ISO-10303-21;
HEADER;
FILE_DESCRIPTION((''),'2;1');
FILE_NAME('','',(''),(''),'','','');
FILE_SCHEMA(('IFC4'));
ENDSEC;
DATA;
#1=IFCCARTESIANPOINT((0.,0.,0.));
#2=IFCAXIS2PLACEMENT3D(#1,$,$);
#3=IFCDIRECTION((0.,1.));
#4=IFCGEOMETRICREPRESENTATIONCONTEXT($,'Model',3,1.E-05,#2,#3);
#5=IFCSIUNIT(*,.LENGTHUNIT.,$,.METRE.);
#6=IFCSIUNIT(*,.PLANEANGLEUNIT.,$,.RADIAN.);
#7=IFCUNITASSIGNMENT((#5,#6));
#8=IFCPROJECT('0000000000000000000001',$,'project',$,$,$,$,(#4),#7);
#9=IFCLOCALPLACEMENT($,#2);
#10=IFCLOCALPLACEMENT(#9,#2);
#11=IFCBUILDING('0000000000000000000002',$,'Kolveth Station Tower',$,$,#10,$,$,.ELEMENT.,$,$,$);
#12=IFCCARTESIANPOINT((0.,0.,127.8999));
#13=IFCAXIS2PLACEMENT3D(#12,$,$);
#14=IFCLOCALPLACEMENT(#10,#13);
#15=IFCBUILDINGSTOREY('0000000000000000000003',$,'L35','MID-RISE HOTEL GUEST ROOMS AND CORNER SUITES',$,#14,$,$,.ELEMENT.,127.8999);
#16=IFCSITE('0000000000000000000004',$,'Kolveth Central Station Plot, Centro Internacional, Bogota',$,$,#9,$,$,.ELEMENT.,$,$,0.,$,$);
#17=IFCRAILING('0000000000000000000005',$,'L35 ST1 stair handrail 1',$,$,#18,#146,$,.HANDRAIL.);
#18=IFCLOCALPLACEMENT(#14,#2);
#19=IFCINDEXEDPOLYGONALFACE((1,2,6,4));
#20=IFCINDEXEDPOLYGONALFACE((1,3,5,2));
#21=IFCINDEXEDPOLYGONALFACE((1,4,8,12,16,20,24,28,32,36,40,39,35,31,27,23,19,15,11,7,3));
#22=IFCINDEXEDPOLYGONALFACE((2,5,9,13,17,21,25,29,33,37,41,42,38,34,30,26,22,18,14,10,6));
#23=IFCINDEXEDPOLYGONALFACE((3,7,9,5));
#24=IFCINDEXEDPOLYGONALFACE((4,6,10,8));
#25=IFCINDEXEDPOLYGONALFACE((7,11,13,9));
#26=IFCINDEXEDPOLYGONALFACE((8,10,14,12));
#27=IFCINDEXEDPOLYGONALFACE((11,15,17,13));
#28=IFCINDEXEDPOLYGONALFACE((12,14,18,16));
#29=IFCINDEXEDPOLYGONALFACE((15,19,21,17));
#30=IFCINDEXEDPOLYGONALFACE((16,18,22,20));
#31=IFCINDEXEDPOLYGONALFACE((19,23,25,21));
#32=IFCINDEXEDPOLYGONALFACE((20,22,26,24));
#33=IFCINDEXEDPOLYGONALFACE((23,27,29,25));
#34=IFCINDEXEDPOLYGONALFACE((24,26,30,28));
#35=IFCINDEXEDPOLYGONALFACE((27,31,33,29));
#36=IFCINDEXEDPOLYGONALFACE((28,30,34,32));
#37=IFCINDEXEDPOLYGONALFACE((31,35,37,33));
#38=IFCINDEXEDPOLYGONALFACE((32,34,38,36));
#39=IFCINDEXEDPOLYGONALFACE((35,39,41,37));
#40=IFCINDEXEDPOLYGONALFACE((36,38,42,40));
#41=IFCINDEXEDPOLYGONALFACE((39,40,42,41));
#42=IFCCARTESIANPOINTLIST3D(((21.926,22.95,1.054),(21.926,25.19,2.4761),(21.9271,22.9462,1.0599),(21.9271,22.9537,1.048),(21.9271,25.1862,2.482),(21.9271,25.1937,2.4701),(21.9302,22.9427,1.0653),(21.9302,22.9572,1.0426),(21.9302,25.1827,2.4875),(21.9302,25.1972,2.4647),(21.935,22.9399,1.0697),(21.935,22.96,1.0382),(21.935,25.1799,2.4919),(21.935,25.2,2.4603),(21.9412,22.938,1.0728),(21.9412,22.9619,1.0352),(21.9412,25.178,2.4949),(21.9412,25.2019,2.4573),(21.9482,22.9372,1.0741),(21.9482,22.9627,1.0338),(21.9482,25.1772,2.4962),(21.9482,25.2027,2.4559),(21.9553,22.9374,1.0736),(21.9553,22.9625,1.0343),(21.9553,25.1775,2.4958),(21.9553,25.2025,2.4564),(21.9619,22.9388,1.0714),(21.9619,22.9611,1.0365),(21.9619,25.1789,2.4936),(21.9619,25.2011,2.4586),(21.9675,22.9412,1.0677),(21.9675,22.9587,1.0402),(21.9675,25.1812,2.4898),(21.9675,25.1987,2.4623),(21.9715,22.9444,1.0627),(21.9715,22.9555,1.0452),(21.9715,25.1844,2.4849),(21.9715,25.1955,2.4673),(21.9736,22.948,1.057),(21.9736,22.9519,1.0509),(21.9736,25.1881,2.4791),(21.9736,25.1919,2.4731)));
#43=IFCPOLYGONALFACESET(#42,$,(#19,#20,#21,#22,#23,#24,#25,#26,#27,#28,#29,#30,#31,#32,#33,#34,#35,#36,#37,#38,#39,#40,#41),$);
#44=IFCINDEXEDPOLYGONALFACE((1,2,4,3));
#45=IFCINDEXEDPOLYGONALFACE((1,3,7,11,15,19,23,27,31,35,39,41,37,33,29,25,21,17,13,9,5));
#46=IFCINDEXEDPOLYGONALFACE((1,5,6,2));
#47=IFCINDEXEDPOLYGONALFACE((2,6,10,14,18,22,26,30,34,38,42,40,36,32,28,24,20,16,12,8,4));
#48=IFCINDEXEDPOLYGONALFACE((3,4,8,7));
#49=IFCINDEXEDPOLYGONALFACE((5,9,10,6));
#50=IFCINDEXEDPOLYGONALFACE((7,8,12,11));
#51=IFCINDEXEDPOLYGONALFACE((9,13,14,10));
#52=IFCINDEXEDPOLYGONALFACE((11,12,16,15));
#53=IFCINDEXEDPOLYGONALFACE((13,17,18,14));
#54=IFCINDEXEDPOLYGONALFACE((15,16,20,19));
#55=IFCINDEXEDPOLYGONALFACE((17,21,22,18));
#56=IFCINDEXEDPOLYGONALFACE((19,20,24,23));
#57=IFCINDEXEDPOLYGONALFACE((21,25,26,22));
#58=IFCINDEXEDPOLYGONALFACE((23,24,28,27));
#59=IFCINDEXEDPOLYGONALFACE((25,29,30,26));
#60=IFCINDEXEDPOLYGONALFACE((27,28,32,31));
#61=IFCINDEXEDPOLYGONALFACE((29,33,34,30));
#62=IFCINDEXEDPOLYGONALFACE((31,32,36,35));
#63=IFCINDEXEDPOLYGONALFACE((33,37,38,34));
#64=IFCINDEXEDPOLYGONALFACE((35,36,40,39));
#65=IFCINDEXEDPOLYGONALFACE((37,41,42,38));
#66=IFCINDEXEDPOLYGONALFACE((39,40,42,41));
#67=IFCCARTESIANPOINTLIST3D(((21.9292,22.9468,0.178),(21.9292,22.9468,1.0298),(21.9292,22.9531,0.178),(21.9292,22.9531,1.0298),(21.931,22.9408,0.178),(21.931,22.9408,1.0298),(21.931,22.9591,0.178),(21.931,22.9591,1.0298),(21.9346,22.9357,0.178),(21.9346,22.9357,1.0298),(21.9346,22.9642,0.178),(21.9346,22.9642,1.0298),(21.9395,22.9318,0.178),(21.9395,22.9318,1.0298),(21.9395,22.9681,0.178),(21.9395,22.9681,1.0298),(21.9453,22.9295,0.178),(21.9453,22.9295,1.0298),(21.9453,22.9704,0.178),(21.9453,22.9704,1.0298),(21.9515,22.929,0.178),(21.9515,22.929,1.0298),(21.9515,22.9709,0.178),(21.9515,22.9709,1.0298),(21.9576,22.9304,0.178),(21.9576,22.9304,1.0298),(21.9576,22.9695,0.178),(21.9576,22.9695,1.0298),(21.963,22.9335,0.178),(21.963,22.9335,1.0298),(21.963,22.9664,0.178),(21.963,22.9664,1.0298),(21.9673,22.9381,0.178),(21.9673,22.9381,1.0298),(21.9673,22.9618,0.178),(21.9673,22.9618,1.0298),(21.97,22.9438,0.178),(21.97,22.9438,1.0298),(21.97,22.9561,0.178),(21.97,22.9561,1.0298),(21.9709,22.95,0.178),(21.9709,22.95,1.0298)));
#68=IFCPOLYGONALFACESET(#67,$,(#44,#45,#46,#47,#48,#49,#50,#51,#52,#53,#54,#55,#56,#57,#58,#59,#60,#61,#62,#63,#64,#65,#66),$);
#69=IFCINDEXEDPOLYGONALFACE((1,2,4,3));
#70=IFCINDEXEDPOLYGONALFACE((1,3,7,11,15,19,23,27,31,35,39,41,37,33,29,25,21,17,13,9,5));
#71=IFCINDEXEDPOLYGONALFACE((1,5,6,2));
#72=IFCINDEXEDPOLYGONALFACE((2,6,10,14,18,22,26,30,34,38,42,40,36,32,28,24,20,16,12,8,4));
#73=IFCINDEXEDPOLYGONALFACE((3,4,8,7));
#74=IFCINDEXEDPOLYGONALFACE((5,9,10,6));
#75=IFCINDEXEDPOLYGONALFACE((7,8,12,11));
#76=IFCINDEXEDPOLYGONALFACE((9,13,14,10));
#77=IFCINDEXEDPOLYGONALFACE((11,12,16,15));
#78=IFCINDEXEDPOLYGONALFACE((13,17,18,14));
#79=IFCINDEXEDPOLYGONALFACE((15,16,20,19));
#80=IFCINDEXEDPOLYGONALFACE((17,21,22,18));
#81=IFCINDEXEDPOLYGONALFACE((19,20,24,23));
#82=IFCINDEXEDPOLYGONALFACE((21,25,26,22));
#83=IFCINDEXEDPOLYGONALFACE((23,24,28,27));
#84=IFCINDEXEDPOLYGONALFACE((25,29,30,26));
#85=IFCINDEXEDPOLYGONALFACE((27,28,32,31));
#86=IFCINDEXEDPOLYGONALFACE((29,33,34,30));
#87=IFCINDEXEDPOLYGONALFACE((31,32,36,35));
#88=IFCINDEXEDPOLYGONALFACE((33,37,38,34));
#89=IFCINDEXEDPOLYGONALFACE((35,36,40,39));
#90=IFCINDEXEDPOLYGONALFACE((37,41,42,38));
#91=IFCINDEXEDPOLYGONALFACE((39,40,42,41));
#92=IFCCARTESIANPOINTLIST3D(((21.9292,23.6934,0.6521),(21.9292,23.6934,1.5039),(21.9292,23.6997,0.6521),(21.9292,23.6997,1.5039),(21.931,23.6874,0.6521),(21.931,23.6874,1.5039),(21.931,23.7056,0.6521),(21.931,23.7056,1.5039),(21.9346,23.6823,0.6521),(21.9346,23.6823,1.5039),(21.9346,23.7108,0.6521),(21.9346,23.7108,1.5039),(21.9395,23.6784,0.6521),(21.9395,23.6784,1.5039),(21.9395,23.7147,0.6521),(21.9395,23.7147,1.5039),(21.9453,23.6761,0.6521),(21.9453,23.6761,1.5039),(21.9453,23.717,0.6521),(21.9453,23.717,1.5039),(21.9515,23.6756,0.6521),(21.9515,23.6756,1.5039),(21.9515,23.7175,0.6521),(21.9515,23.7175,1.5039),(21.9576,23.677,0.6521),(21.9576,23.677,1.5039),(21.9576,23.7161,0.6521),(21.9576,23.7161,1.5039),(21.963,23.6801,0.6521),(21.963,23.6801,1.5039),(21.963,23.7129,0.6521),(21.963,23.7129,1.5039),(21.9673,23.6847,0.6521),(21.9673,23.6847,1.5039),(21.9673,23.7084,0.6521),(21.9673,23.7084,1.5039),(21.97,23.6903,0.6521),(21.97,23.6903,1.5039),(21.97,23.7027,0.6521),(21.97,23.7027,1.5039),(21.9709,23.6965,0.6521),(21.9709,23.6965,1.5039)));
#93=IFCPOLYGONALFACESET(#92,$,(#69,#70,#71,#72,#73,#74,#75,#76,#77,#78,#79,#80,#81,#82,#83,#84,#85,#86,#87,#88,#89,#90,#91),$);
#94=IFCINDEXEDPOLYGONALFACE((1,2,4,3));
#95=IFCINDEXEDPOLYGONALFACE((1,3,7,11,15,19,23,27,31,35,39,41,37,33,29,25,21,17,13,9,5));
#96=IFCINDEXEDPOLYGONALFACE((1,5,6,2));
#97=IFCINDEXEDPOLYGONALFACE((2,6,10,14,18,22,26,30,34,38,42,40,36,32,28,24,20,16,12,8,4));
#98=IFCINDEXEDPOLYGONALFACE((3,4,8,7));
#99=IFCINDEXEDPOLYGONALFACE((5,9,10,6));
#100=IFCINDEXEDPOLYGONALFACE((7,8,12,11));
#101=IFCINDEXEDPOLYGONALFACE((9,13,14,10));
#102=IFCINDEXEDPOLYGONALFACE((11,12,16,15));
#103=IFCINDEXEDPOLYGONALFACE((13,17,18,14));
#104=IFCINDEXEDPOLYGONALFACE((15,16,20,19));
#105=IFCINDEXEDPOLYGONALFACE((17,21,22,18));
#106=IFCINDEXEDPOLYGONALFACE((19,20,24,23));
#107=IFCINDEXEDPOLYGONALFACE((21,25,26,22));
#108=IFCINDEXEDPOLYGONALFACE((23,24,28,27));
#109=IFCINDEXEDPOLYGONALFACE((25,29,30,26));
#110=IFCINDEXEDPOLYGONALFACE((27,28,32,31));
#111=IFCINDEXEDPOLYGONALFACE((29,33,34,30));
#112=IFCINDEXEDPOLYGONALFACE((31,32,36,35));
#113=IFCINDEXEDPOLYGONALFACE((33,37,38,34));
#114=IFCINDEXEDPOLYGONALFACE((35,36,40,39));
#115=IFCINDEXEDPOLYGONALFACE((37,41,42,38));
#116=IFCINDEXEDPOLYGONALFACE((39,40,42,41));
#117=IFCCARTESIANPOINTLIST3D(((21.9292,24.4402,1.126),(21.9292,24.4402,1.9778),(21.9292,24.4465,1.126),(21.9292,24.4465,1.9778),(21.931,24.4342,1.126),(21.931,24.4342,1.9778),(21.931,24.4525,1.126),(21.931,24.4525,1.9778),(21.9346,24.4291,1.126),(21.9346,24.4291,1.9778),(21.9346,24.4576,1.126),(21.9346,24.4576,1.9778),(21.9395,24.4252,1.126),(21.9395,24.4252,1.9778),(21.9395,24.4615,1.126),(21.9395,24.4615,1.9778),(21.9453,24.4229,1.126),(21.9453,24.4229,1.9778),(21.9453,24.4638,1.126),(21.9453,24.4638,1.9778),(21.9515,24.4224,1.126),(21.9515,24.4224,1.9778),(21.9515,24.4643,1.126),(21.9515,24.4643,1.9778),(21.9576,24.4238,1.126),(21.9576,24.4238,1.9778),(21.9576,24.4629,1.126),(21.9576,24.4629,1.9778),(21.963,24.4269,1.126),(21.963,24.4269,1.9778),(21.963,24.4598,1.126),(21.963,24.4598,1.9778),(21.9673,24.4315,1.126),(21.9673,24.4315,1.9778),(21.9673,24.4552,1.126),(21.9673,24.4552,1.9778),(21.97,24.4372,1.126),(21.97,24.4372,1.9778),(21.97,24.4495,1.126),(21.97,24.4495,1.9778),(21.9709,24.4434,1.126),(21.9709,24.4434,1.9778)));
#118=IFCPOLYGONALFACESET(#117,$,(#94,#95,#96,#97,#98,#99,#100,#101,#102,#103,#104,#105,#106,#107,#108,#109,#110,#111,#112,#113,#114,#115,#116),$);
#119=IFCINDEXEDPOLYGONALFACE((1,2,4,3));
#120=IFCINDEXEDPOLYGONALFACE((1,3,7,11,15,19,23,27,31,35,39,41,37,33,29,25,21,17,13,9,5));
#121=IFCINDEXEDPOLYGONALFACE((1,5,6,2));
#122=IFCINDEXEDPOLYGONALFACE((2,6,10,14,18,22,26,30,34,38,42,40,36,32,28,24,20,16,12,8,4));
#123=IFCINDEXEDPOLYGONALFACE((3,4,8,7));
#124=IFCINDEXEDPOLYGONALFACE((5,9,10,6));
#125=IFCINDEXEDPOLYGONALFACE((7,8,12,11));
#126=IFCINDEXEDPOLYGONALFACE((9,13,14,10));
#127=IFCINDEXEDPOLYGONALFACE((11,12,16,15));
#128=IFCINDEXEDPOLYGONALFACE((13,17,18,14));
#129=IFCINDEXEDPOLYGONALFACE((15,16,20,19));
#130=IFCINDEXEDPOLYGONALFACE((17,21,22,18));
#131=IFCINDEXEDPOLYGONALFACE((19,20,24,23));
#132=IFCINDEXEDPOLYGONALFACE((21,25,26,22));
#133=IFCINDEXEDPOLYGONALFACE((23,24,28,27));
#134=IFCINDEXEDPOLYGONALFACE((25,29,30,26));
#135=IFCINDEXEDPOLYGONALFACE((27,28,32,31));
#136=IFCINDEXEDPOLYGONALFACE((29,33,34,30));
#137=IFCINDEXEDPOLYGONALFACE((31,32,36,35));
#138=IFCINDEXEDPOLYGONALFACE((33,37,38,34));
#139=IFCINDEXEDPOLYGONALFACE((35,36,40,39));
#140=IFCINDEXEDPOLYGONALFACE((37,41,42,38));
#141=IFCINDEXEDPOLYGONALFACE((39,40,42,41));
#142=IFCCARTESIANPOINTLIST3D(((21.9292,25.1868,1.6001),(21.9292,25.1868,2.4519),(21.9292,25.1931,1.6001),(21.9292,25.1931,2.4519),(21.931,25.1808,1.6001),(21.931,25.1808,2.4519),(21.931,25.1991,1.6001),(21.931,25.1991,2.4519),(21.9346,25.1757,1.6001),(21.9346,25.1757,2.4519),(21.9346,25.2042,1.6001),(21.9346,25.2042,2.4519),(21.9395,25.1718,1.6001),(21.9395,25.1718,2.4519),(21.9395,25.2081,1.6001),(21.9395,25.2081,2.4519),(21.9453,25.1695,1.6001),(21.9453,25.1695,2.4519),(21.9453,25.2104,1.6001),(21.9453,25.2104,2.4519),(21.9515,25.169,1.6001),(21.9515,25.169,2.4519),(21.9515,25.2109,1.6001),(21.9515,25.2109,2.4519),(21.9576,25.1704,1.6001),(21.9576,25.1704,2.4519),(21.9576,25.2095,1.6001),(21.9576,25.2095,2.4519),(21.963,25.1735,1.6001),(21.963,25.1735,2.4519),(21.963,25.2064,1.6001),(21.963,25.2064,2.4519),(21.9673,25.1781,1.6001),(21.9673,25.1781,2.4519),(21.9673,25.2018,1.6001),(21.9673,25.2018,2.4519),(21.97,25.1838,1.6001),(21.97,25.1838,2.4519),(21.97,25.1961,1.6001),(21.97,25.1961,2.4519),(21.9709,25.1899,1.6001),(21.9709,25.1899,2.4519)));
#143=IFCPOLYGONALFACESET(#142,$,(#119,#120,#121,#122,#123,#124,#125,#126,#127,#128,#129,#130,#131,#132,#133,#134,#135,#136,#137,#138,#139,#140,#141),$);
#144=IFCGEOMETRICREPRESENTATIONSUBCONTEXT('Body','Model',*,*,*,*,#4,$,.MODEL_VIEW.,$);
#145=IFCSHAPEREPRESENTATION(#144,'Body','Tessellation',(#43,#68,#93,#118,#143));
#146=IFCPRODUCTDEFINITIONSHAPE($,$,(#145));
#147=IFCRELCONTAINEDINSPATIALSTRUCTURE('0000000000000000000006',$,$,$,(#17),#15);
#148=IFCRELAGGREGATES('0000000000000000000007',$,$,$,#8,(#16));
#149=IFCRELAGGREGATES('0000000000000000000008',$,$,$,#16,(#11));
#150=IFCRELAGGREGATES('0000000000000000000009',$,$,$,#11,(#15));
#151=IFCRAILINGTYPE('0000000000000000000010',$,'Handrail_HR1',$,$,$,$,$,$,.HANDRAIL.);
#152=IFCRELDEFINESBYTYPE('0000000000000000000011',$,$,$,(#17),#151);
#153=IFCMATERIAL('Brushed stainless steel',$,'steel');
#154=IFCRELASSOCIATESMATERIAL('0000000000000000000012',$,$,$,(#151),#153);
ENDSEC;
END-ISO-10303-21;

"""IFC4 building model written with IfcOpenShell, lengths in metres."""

from ifc_helpers import new_model, si_unit, direction, frame, origin, origin_2d, place, context, subcontext, project, spatial, circle, extrude, material, type_object, element, save


model = new_model("IFC4")

# Units and contexts
model_context = context("Model", 3, precision=1e-05, world=origin(), true_north=direction((0.0, 1.0)))
body_context = subcontext(model_context, "Body", "Model", "MODEL_VIEW")
ifc_project = project(units=[si_unit("LENGTHUNIT", "METRE"), si_unit("PLANEANGLEUNIT", "RADIAN")], contexts=[model_context])

# Site, building, storey
site_placement = place(None, origin())
site = spatial("IfcSite", under=ifc_project, at=site_placement, Name="Kolveth Central Station Plot, Centro Internacional, Bogota", CompositionType="ELEMENT", RefElevation=0.0)
building_placement = place(site_placement, origin())
building = spatial("IfcBuilding", under=site, at=building_placement, Name="Kolveth Station Tower", CompositionType="ELEMENT")
storey_placement = place(building_placement, frame((0.0, 0.0, 127.8999)))
storey = spatial("IfcBuildingStorey", under=building, at=storey_placement, Name="L35", Description="MID-RISE HOTEL GUEST ROOMS AND CORNER SUITES", CompositionType="ELEMENT", Elevation=127.8999)

# Railing
ifc_material_1 = material(Name="Brushed stainless steel", Category="steel")
railing_type_1 = type_object("IfcRailingType", Name="Handrail_HR1", PredefinedType="HANDRAIL", material=ifc_material_1)
railing_1_placement = place(storey_placement, frame((21.95, 22.95, 0.178)))
element("IfcRailing", 1, at=railing_1_placement, inside=storey, type_object=railing_type_1, Name="L35 ST1 stair handrail 1", PredefinedType="HANDRAIL", context=body_context, shape_type="SweptSolid", body=[
    extrude(circle(Radius=0.0239, at=origin_2d()), frame((0.0, 0.0, 0.876), z_axis=(0.0, 0.844229, 0.535982), x_axis=(-1.0, 0.0, 0.0)), (0.0, 0.0, 1.0), 2.6533),
    extrude(circle(Radius=0.021, at=origin_2d()), origin(), (0.0, 0.0, 1.0), 0.8518),
    extrude(circle(Radius=0.021, at=origin_2d()), frame((0.0, 0.7466, 0.4741)), (0.0, 0.0, 1.0), 0.8518),
    extrude(circle(Radius=0.021, at=origin_2d()), frame((0.0, 1.4934, 0.948)), (0.0, 0.0, 1.0), 0.8518),
    extrude(circle(Radius=0.021, at=origin_2d()), frame((0.0, 2.24, 1.4221)), (0.0, 0.0, 1.0), 0.8518),
])

save(model, "model.ifc")
